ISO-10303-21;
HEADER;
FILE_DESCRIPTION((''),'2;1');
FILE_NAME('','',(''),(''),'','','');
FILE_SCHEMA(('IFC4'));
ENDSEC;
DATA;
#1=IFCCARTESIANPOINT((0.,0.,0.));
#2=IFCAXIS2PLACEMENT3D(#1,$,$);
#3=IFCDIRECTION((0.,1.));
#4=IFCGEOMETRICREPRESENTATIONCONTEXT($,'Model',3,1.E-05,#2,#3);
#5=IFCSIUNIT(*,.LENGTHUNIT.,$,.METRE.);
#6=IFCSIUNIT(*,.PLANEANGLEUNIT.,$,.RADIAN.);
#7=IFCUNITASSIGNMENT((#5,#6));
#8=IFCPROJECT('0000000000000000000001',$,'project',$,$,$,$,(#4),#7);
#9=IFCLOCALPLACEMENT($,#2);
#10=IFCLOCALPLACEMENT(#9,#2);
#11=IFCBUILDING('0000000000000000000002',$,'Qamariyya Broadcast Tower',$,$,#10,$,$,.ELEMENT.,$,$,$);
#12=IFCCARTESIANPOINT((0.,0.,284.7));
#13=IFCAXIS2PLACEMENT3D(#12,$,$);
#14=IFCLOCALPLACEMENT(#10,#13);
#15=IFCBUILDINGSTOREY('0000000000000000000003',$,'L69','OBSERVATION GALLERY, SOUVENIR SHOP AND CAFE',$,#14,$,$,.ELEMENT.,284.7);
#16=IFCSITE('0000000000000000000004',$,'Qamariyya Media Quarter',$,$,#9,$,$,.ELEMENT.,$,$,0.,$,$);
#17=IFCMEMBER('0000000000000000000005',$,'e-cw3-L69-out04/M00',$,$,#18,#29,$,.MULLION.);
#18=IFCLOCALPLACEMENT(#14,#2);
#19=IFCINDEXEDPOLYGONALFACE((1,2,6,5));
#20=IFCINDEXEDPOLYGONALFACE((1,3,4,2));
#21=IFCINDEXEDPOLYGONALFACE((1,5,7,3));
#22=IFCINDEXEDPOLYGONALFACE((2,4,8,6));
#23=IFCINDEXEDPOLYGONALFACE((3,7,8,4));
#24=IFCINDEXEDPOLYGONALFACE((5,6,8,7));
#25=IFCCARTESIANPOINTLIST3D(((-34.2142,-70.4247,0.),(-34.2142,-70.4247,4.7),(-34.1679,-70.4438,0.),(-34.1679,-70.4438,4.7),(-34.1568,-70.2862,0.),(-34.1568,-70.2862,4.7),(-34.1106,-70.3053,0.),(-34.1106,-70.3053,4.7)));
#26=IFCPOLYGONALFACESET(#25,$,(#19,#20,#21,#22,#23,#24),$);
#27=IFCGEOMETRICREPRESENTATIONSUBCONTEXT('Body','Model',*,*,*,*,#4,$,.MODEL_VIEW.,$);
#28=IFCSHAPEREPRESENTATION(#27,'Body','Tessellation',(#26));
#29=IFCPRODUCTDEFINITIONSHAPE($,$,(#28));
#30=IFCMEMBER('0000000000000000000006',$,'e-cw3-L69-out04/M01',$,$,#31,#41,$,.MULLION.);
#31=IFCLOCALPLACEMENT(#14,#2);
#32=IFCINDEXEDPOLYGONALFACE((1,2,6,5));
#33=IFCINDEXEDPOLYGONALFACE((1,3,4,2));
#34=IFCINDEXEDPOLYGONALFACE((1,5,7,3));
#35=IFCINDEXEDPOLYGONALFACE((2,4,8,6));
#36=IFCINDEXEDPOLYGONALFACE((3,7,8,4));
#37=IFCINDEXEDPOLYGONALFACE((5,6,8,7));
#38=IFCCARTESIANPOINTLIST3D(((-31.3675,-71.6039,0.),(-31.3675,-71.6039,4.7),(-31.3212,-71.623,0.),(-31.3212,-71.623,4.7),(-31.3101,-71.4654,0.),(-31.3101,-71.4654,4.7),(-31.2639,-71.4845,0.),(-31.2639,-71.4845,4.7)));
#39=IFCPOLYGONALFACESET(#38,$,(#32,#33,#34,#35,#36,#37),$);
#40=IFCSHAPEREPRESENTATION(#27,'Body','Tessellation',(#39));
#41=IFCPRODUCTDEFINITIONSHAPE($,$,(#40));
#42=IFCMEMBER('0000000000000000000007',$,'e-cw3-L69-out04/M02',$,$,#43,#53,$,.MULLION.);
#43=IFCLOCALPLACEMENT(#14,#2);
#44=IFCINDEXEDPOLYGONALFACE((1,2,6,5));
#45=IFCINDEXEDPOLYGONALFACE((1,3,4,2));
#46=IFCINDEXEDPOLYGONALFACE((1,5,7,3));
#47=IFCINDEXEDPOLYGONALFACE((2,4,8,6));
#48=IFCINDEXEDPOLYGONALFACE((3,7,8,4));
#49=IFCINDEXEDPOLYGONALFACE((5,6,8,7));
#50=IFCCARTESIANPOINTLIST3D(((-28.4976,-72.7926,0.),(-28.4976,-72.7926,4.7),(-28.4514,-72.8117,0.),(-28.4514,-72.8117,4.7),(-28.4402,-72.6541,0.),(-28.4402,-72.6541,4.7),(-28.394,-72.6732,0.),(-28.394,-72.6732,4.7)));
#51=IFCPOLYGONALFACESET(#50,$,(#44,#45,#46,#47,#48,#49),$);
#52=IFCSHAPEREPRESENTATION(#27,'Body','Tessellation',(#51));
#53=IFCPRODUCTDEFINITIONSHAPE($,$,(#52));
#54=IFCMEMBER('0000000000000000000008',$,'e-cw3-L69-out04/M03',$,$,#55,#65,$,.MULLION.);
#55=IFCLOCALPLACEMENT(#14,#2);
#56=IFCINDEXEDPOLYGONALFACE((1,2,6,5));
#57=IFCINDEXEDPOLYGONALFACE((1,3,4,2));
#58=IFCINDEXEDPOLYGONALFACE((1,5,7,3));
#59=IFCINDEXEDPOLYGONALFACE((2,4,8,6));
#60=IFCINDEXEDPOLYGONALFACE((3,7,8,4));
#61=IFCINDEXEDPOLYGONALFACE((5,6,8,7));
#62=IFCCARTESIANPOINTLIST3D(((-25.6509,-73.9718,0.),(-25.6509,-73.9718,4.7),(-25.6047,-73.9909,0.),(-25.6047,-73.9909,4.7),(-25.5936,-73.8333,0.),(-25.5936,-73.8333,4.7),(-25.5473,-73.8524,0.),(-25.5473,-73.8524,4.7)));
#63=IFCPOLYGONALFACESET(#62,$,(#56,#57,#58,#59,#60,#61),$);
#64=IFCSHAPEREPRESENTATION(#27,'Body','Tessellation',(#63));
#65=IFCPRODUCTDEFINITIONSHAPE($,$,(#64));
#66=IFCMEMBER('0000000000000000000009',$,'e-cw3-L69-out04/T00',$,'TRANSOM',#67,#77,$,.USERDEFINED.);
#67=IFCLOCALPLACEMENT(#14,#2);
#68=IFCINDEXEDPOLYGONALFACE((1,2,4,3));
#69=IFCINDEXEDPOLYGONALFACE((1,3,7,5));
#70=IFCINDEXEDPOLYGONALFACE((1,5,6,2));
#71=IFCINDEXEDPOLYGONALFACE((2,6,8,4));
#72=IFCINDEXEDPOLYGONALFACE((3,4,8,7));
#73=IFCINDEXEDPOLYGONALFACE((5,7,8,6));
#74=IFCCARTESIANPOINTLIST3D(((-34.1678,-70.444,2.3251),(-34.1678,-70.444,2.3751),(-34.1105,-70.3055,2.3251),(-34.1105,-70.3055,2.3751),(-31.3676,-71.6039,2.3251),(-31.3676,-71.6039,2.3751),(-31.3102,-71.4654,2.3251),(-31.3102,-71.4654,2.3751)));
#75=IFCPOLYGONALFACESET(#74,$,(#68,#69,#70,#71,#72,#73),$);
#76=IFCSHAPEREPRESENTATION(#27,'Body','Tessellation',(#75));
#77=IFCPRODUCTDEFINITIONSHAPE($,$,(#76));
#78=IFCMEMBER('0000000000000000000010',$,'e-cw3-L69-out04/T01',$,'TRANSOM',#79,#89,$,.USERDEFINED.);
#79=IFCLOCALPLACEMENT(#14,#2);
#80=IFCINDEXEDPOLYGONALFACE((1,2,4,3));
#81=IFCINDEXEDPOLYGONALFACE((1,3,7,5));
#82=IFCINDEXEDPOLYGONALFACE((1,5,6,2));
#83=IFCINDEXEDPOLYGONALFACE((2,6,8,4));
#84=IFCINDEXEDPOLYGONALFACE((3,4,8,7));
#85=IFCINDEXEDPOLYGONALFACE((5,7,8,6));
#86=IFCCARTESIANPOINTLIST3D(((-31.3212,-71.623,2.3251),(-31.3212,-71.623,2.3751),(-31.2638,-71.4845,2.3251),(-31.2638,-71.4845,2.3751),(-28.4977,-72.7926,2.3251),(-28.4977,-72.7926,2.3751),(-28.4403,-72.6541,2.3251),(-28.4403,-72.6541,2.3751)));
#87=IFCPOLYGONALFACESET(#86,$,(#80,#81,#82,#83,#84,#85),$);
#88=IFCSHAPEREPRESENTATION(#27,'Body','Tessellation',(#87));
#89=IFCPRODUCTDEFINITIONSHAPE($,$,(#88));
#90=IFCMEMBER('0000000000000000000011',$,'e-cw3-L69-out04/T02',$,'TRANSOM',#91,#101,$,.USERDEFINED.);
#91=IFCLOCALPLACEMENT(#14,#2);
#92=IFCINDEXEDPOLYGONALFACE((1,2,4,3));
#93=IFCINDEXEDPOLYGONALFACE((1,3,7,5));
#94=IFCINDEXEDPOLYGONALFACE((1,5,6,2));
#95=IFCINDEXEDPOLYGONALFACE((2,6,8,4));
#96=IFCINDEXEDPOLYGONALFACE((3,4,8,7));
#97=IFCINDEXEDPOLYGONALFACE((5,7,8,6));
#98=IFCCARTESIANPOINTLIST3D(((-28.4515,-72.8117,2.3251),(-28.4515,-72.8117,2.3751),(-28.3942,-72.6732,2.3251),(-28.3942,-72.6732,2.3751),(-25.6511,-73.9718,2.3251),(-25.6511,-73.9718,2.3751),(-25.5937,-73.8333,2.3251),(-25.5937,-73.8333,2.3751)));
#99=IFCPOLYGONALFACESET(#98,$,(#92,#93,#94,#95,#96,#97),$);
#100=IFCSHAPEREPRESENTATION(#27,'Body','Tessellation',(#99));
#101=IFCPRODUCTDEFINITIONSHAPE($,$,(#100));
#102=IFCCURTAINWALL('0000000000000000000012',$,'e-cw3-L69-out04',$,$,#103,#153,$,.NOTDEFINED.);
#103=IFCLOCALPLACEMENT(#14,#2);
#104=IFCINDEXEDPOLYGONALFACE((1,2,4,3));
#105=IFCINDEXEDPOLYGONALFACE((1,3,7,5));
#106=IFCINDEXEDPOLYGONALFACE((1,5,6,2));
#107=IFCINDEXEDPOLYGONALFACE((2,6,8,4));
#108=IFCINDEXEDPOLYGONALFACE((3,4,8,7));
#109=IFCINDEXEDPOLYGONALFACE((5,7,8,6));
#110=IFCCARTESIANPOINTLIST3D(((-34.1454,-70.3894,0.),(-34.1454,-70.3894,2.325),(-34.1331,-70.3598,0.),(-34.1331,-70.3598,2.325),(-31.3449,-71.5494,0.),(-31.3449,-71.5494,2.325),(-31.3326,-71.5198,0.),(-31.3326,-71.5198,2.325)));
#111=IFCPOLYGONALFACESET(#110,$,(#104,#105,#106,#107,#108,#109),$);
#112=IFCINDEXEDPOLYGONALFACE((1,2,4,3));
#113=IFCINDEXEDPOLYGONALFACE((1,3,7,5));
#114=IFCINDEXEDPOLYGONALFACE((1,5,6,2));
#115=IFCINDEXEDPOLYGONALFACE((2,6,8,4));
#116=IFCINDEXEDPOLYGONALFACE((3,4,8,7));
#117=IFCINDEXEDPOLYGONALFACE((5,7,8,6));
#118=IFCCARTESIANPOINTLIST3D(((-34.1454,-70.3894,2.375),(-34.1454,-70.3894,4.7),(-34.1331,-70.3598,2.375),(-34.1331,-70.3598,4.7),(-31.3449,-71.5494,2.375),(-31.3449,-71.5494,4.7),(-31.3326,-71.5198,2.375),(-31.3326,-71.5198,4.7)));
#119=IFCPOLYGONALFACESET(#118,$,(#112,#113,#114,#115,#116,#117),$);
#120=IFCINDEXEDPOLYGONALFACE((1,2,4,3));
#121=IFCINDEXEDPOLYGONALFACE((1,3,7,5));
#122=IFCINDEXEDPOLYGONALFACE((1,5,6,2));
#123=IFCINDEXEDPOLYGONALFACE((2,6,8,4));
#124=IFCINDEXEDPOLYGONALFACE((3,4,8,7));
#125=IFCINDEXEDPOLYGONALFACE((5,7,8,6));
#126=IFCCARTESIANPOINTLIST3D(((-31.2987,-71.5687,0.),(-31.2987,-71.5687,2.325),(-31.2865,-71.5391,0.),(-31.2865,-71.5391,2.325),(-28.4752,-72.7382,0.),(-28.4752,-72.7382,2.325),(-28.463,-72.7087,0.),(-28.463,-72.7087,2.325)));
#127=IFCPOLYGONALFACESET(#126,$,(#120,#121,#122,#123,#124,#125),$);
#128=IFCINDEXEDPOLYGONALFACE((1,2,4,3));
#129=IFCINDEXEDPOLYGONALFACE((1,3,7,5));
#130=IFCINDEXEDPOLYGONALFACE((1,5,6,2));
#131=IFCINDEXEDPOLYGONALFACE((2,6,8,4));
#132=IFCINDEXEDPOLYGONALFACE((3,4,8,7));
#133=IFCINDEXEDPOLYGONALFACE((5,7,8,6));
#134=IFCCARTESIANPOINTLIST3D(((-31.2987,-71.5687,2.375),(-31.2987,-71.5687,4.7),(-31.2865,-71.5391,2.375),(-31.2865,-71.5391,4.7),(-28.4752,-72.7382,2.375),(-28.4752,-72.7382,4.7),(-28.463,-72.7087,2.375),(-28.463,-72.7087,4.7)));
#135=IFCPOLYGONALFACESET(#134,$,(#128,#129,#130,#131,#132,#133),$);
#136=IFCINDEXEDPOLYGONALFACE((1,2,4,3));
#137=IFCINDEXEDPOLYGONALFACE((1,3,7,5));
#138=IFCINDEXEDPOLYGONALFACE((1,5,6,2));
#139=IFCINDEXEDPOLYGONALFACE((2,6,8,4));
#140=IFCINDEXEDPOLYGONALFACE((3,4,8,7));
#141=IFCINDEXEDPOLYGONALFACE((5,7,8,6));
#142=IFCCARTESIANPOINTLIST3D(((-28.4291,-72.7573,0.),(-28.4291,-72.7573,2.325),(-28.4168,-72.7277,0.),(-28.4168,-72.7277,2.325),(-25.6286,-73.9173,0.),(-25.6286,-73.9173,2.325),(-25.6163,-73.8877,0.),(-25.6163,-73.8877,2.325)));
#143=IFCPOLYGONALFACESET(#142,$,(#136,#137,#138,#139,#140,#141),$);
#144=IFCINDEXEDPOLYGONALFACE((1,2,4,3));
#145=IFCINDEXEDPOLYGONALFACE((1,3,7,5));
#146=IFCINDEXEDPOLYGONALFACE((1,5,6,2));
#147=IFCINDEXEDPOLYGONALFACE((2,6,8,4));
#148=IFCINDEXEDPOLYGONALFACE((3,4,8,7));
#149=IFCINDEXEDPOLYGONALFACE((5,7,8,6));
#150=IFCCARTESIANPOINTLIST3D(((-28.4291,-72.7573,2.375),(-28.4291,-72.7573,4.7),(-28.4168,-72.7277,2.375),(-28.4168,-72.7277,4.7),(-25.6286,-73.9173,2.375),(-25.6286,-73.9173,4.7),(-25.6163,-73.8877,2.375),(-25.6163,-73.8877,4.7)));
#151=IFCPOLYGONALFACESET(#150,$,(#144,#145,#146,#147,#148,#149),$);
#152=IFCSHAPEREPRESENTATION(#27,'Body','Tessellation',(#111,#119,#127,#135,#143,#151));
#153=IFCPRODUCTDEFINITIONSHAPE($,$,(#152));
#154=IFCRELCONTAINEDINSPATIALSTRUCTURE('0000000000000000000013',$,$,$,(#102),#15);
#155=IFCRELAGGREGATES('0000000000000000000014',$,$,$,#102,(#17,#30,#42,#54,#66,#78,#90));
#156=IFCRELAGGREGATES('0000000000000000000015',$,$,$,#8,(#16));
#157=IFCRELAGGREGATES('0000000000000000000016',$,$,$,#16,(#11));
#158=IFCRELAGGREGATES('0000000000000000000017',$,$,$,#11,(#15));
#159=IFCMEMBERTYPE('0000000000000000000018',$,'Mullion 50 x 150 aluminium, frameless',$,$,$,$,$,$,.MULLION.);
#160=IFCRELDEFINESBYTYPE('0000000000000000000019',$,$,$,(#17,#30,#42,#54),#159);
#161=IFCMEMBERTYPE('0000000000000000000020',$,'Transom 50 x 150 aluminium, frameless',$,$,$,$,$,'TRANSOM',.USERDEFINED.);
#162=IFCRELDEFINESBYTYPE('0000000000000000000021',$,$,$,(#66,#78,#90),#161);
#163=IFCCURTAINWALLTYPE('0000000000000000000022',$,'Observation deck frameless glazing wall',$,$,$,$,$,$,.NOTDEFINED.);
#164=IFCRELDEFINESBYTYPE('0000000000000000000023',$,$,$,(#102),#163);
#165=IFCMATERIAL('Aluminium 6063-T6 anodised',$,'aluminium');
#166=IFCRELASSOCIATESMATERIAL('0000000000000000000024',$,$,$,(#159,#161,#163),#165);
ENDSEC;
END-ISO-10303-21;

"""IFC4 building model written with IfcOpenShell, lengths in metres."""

from ifc_helpers import new_model, si_unit, direction, frame, origin, origin_2d, place, context, subcontext, project, spatial, rectangle, extrude, material, material_profile, profile_set, type_object, element, aggregate, save


model = new_model("IFC4")

# Units and contexts
model_context = context("Model", 3, precision=1e-05, world=origin(), true_north=direction((0.0, 1.0)))
body_context = subcontext(model_context, "Body", "Model", "MODEL_VIEW")
ifc_project = project(units=[si_unit("LENGTHUNIT", "METRE"), si_unit("PLANEANGLEUNIT", "RADIAN")], contexts=[model_context])

# Members
ifc_material = material(Name="Aluminium 6063-T6 anodised", Category="aluminium")
ifc_material_profile_1 = material_profile(ifc_material, rectangle(XDim=0.1499, YDim=0.05, at=origin_2d()))
ifc_profile_set_1 = profile_set([ifc_material_profile_1], Name="Aluminium 6063-T6 anodised")
member_type_1 = type_object("IfcMemberType", Name="Mullion 50 x 150 aluminium, frameless", PredefinedType="MULLION", material=ifc_profile_set_1)
site_placement = place(None, origin())
building_placement = place(site_placement, origin())
storey_placement = place(building_placement, frame((0.0, 0.0, 284.7)))
member_1_placement = place(storey_placement, frame((-34.1624, -70.365, 0.0), z_axis=(0.0, 0.0, 1.0), x_axis=(0.382683, 0.92388, 0.0)))
member_1 = element("IfcMember", 1, at=member_1_placement, type_object=member_type_1, Name="e-cw3-L69-out04/M00", PredefinedType="MULLION", context=body_context, shape_type="SweptSolid", body=[
    extrude(rectangle(XDim=0.1499, YDim=0.05, at=origin_2d()), origin(), (0.0, 0.0, 1.0), 4.7),
])
member_2_placement = place(storey_placement, frame((-31.3157, -71.5442, 0.0), z_axis=(0.0, 0.0, 1.0), x_axis=(0.382683, 0.92388, 0.0)))
member_2 = element("IfcMember", 2, at=member_2_placement, type_object=member_type_1, Name="e-cw3-L69-out04/M01", PredefinedType="MULLION", context=body_context, shape_type="SweptSolid", body=[
    extrude(rectangle(XDim=0.1499, YDim=0.05, at=origin_2d()), origin(), (0.0, 0.0, 1.0), 4.7),
])
member_3_placement = place(storey_placement, frame((-28.4458, -72.7329, 0.0), z_axis=(0.0, 0.0, 1.0), x_axis=(0.382683, 0.92388, 0.0)))
member_3 = element("IfcMember", 3, at=member_3_placement, type_object=member_type_1, Name="e-cw3-L69-out04/M02", PredefinedType="MULLION", context=body_context, shape_type="SweptSolid", body=[
    extrude(rectangle(XDim=0.1499, YDim=0.05, at=origin_2d()), origin(), (0.0, 0.0, 1.0), 4.7),
])
member_4_placement = place(storey_placement, frame((-25.5991, -73.9121, 0.0), z_axis=(0.0, 0.0, 1.0), x_axis=(0.382683, 0.92388, 0.0)))
member_4 = element("IfcMember", 4, at=member_4_placement, type_object=member_type_1, Name="e-cw3-L69-out04/M03", PredefinedType="MULLION", context=body_context, shape_type="SweptSolid", body=[
    extrude(rectangle(XDim=0.1499, YDim=0.05, at=origin_2d()), origin(), (0.0, 0.0, 1.0), 4.7),
])
ifc_material_profile_2 = material_profile(ifc_material, rectangle(XDim=0.1499, YDim=0.05, at=origin_2d()))
ifc_profile_set_2 = profile_set([ifc_material_profile_2], Name="Aluminium 6063-T6 anodised")
member_type_2 = type_object("IfcMemberType", Name="Transom 50 x 150 aluminium, frameless", ElementType="TRANSOM", PredefinedType="USERDEFINED", material=ifc_profile_set_2)
member_5_placement = place(storey_placement, frame((-34.1392, -70.3748, 2.3501), z_axis=(0.92388, -0.382681, 0.0), x_axis=(0.382681, 0.92388, 0.0)))
member_5 = element("IfcMember", 5, at=member_5_placement, type_object=member_type_2, Name="e-cw3-L69-out04/T00", ObjectType="TRANSOM", PredefinedType="USERDEFINED", context=body_context, shape_type="SweptSolid", body=[
    extrude(rectangle(XDim=0.1499, YDim=0.05, at=origin_2d()), origin(), (0.0, 0.0, 1.0), 3.031),
])
member_6_placement = place(storey_placement, frame((-31.2925, -71.5537, 2.3501), z_axis=(0.923862, -0.382726, 0.0), x_axis=(0.382726, 0.923862, 0.0)))
member_6 = element("IfcMember", 6, at=member_6_placement, type_object=member_type_2, Name="e-cw3-L69-out04/T01", ObjectType="TRANSOM", PredefinedType="USERDEFINED", context=body_context, shape_type="SweptSolid", body=[
    extrude(rectangle(XDim=0.1499, YDim=0.05, at=origin_2d()), origin(), (0.0, 0.0, 1.0), 3.0562),
])
member_7_placement = place(storey_placement, frame((-28.4229, -72.7424, 2.3501), z_axis=(0.923864, -0.382722, 0.0), x_axis=(0.382722, 0.923864, 0.0)))
member_7 = element("IfcMember", 7, at=member_7_placement, type_object=member_type_2, Name="e-cw3-L69-out04/T02", ObjectType="TRANSOM", PredefinedType="USERDEFINED", context=body_context, shape_type="SweptSolid", body=[
    extrude(rectangle(XDim=0.1499, YDim=0.05, at=origin_2d()), origin(), (0.0, 0.0, 1.0), 3.0312),
])

# Site, building, storey
site = spatial("IfcSite", under=ifc_project, at=site_placement, Name="Qamariyya Media Quarter", CompositionType="ELEMENT", RefElevation=0.0)
building = spatial("IfcBuilding", under=site, at=building_placement, Name="Qamariyya Broadcast Tower", CompositionType="ELEMENT")
storey = spatial("IfcBuildingStorey", under=building, at=storey_placement, Name="L69", Description="OBSERVATION GALLERY, SOUVENIR SHOP AND CAFE", CompositionType="ELEMENT", Elevation=284.7)

# Curtain wall
curtain_wall_type = type_object("IfcCurtainWallType", Name="Observation deck frameless glazing wall", PredefinedType="NOTDEFINED", material=ifc_material)
curtain_wall_1_placement = place(storey_placement, origin())
curtain_wall_1 = element("IfcCurtainWall", 8, at=curtain_wall_1_placement, inside=storey, type_object=curtain_wall_type, Name="e-cw3-L69-out04", PredefinedType="NOTDEFINED", context=body_context, shape_type="SweptSolid", body=[
    extrude(rectangle(XDim=3.0312, YDim=0.032, at=origin_2d()), frame((-32.739, -70.9546, 0.0), x_axis=(0.923878, -0.382687, 0.0)), (0.0, 0.0, 1.0), 2.325),
    extrude(rectangle(XDim=3.0312, YDim=0.032, at=origin_2d()), frame((-32.739, -70.9546, 2.375), x_axis=(0.923878, -0.382687, 0.0)), (0.0, 0.0, 1.0), 2.325),
    extrude(rectangle(XDim=3.0562, YDim=0.032, at=origin_2d()), frame((-29.8809, -72.1387, 0.0), x_axis=(0.923878, -0.382687, 0.0)), (0.0, 0.0, 1.0), 2.325),
    extrude(rectangle(XDim=3.0562, YDim=0.032, at=origin_2d()), frame((-29.8809, -72.1387, 2.375), x_axis=(0.923878, -0.382687, 0.0)), (0.0, 0.0, 1.0), 2.325),
    extrude(rectangle(XDim=3.0312, YDim=0.032, at=origin_2d()), frame((-27.0227, -73.3225, 0.0), x_axis=(0.923878, -0.382687, 0.0)), (0.0, 0.0, 1.0), 2.325),
    extrude(rectangle(XDim=3.0312, YDim=0.032, at=origin_2d()), frame((-27.0227, -73.3225, 2.375), x_axis=(0.923878, -0.382687, 0.0)), (0.0, 0.0, 1.0), 2.325),
])
aggregate(curtain_wall_1, [member_1, member_2, member_3, member_4, member_5, member_6, member_7])

save(model, "model.ifc")
